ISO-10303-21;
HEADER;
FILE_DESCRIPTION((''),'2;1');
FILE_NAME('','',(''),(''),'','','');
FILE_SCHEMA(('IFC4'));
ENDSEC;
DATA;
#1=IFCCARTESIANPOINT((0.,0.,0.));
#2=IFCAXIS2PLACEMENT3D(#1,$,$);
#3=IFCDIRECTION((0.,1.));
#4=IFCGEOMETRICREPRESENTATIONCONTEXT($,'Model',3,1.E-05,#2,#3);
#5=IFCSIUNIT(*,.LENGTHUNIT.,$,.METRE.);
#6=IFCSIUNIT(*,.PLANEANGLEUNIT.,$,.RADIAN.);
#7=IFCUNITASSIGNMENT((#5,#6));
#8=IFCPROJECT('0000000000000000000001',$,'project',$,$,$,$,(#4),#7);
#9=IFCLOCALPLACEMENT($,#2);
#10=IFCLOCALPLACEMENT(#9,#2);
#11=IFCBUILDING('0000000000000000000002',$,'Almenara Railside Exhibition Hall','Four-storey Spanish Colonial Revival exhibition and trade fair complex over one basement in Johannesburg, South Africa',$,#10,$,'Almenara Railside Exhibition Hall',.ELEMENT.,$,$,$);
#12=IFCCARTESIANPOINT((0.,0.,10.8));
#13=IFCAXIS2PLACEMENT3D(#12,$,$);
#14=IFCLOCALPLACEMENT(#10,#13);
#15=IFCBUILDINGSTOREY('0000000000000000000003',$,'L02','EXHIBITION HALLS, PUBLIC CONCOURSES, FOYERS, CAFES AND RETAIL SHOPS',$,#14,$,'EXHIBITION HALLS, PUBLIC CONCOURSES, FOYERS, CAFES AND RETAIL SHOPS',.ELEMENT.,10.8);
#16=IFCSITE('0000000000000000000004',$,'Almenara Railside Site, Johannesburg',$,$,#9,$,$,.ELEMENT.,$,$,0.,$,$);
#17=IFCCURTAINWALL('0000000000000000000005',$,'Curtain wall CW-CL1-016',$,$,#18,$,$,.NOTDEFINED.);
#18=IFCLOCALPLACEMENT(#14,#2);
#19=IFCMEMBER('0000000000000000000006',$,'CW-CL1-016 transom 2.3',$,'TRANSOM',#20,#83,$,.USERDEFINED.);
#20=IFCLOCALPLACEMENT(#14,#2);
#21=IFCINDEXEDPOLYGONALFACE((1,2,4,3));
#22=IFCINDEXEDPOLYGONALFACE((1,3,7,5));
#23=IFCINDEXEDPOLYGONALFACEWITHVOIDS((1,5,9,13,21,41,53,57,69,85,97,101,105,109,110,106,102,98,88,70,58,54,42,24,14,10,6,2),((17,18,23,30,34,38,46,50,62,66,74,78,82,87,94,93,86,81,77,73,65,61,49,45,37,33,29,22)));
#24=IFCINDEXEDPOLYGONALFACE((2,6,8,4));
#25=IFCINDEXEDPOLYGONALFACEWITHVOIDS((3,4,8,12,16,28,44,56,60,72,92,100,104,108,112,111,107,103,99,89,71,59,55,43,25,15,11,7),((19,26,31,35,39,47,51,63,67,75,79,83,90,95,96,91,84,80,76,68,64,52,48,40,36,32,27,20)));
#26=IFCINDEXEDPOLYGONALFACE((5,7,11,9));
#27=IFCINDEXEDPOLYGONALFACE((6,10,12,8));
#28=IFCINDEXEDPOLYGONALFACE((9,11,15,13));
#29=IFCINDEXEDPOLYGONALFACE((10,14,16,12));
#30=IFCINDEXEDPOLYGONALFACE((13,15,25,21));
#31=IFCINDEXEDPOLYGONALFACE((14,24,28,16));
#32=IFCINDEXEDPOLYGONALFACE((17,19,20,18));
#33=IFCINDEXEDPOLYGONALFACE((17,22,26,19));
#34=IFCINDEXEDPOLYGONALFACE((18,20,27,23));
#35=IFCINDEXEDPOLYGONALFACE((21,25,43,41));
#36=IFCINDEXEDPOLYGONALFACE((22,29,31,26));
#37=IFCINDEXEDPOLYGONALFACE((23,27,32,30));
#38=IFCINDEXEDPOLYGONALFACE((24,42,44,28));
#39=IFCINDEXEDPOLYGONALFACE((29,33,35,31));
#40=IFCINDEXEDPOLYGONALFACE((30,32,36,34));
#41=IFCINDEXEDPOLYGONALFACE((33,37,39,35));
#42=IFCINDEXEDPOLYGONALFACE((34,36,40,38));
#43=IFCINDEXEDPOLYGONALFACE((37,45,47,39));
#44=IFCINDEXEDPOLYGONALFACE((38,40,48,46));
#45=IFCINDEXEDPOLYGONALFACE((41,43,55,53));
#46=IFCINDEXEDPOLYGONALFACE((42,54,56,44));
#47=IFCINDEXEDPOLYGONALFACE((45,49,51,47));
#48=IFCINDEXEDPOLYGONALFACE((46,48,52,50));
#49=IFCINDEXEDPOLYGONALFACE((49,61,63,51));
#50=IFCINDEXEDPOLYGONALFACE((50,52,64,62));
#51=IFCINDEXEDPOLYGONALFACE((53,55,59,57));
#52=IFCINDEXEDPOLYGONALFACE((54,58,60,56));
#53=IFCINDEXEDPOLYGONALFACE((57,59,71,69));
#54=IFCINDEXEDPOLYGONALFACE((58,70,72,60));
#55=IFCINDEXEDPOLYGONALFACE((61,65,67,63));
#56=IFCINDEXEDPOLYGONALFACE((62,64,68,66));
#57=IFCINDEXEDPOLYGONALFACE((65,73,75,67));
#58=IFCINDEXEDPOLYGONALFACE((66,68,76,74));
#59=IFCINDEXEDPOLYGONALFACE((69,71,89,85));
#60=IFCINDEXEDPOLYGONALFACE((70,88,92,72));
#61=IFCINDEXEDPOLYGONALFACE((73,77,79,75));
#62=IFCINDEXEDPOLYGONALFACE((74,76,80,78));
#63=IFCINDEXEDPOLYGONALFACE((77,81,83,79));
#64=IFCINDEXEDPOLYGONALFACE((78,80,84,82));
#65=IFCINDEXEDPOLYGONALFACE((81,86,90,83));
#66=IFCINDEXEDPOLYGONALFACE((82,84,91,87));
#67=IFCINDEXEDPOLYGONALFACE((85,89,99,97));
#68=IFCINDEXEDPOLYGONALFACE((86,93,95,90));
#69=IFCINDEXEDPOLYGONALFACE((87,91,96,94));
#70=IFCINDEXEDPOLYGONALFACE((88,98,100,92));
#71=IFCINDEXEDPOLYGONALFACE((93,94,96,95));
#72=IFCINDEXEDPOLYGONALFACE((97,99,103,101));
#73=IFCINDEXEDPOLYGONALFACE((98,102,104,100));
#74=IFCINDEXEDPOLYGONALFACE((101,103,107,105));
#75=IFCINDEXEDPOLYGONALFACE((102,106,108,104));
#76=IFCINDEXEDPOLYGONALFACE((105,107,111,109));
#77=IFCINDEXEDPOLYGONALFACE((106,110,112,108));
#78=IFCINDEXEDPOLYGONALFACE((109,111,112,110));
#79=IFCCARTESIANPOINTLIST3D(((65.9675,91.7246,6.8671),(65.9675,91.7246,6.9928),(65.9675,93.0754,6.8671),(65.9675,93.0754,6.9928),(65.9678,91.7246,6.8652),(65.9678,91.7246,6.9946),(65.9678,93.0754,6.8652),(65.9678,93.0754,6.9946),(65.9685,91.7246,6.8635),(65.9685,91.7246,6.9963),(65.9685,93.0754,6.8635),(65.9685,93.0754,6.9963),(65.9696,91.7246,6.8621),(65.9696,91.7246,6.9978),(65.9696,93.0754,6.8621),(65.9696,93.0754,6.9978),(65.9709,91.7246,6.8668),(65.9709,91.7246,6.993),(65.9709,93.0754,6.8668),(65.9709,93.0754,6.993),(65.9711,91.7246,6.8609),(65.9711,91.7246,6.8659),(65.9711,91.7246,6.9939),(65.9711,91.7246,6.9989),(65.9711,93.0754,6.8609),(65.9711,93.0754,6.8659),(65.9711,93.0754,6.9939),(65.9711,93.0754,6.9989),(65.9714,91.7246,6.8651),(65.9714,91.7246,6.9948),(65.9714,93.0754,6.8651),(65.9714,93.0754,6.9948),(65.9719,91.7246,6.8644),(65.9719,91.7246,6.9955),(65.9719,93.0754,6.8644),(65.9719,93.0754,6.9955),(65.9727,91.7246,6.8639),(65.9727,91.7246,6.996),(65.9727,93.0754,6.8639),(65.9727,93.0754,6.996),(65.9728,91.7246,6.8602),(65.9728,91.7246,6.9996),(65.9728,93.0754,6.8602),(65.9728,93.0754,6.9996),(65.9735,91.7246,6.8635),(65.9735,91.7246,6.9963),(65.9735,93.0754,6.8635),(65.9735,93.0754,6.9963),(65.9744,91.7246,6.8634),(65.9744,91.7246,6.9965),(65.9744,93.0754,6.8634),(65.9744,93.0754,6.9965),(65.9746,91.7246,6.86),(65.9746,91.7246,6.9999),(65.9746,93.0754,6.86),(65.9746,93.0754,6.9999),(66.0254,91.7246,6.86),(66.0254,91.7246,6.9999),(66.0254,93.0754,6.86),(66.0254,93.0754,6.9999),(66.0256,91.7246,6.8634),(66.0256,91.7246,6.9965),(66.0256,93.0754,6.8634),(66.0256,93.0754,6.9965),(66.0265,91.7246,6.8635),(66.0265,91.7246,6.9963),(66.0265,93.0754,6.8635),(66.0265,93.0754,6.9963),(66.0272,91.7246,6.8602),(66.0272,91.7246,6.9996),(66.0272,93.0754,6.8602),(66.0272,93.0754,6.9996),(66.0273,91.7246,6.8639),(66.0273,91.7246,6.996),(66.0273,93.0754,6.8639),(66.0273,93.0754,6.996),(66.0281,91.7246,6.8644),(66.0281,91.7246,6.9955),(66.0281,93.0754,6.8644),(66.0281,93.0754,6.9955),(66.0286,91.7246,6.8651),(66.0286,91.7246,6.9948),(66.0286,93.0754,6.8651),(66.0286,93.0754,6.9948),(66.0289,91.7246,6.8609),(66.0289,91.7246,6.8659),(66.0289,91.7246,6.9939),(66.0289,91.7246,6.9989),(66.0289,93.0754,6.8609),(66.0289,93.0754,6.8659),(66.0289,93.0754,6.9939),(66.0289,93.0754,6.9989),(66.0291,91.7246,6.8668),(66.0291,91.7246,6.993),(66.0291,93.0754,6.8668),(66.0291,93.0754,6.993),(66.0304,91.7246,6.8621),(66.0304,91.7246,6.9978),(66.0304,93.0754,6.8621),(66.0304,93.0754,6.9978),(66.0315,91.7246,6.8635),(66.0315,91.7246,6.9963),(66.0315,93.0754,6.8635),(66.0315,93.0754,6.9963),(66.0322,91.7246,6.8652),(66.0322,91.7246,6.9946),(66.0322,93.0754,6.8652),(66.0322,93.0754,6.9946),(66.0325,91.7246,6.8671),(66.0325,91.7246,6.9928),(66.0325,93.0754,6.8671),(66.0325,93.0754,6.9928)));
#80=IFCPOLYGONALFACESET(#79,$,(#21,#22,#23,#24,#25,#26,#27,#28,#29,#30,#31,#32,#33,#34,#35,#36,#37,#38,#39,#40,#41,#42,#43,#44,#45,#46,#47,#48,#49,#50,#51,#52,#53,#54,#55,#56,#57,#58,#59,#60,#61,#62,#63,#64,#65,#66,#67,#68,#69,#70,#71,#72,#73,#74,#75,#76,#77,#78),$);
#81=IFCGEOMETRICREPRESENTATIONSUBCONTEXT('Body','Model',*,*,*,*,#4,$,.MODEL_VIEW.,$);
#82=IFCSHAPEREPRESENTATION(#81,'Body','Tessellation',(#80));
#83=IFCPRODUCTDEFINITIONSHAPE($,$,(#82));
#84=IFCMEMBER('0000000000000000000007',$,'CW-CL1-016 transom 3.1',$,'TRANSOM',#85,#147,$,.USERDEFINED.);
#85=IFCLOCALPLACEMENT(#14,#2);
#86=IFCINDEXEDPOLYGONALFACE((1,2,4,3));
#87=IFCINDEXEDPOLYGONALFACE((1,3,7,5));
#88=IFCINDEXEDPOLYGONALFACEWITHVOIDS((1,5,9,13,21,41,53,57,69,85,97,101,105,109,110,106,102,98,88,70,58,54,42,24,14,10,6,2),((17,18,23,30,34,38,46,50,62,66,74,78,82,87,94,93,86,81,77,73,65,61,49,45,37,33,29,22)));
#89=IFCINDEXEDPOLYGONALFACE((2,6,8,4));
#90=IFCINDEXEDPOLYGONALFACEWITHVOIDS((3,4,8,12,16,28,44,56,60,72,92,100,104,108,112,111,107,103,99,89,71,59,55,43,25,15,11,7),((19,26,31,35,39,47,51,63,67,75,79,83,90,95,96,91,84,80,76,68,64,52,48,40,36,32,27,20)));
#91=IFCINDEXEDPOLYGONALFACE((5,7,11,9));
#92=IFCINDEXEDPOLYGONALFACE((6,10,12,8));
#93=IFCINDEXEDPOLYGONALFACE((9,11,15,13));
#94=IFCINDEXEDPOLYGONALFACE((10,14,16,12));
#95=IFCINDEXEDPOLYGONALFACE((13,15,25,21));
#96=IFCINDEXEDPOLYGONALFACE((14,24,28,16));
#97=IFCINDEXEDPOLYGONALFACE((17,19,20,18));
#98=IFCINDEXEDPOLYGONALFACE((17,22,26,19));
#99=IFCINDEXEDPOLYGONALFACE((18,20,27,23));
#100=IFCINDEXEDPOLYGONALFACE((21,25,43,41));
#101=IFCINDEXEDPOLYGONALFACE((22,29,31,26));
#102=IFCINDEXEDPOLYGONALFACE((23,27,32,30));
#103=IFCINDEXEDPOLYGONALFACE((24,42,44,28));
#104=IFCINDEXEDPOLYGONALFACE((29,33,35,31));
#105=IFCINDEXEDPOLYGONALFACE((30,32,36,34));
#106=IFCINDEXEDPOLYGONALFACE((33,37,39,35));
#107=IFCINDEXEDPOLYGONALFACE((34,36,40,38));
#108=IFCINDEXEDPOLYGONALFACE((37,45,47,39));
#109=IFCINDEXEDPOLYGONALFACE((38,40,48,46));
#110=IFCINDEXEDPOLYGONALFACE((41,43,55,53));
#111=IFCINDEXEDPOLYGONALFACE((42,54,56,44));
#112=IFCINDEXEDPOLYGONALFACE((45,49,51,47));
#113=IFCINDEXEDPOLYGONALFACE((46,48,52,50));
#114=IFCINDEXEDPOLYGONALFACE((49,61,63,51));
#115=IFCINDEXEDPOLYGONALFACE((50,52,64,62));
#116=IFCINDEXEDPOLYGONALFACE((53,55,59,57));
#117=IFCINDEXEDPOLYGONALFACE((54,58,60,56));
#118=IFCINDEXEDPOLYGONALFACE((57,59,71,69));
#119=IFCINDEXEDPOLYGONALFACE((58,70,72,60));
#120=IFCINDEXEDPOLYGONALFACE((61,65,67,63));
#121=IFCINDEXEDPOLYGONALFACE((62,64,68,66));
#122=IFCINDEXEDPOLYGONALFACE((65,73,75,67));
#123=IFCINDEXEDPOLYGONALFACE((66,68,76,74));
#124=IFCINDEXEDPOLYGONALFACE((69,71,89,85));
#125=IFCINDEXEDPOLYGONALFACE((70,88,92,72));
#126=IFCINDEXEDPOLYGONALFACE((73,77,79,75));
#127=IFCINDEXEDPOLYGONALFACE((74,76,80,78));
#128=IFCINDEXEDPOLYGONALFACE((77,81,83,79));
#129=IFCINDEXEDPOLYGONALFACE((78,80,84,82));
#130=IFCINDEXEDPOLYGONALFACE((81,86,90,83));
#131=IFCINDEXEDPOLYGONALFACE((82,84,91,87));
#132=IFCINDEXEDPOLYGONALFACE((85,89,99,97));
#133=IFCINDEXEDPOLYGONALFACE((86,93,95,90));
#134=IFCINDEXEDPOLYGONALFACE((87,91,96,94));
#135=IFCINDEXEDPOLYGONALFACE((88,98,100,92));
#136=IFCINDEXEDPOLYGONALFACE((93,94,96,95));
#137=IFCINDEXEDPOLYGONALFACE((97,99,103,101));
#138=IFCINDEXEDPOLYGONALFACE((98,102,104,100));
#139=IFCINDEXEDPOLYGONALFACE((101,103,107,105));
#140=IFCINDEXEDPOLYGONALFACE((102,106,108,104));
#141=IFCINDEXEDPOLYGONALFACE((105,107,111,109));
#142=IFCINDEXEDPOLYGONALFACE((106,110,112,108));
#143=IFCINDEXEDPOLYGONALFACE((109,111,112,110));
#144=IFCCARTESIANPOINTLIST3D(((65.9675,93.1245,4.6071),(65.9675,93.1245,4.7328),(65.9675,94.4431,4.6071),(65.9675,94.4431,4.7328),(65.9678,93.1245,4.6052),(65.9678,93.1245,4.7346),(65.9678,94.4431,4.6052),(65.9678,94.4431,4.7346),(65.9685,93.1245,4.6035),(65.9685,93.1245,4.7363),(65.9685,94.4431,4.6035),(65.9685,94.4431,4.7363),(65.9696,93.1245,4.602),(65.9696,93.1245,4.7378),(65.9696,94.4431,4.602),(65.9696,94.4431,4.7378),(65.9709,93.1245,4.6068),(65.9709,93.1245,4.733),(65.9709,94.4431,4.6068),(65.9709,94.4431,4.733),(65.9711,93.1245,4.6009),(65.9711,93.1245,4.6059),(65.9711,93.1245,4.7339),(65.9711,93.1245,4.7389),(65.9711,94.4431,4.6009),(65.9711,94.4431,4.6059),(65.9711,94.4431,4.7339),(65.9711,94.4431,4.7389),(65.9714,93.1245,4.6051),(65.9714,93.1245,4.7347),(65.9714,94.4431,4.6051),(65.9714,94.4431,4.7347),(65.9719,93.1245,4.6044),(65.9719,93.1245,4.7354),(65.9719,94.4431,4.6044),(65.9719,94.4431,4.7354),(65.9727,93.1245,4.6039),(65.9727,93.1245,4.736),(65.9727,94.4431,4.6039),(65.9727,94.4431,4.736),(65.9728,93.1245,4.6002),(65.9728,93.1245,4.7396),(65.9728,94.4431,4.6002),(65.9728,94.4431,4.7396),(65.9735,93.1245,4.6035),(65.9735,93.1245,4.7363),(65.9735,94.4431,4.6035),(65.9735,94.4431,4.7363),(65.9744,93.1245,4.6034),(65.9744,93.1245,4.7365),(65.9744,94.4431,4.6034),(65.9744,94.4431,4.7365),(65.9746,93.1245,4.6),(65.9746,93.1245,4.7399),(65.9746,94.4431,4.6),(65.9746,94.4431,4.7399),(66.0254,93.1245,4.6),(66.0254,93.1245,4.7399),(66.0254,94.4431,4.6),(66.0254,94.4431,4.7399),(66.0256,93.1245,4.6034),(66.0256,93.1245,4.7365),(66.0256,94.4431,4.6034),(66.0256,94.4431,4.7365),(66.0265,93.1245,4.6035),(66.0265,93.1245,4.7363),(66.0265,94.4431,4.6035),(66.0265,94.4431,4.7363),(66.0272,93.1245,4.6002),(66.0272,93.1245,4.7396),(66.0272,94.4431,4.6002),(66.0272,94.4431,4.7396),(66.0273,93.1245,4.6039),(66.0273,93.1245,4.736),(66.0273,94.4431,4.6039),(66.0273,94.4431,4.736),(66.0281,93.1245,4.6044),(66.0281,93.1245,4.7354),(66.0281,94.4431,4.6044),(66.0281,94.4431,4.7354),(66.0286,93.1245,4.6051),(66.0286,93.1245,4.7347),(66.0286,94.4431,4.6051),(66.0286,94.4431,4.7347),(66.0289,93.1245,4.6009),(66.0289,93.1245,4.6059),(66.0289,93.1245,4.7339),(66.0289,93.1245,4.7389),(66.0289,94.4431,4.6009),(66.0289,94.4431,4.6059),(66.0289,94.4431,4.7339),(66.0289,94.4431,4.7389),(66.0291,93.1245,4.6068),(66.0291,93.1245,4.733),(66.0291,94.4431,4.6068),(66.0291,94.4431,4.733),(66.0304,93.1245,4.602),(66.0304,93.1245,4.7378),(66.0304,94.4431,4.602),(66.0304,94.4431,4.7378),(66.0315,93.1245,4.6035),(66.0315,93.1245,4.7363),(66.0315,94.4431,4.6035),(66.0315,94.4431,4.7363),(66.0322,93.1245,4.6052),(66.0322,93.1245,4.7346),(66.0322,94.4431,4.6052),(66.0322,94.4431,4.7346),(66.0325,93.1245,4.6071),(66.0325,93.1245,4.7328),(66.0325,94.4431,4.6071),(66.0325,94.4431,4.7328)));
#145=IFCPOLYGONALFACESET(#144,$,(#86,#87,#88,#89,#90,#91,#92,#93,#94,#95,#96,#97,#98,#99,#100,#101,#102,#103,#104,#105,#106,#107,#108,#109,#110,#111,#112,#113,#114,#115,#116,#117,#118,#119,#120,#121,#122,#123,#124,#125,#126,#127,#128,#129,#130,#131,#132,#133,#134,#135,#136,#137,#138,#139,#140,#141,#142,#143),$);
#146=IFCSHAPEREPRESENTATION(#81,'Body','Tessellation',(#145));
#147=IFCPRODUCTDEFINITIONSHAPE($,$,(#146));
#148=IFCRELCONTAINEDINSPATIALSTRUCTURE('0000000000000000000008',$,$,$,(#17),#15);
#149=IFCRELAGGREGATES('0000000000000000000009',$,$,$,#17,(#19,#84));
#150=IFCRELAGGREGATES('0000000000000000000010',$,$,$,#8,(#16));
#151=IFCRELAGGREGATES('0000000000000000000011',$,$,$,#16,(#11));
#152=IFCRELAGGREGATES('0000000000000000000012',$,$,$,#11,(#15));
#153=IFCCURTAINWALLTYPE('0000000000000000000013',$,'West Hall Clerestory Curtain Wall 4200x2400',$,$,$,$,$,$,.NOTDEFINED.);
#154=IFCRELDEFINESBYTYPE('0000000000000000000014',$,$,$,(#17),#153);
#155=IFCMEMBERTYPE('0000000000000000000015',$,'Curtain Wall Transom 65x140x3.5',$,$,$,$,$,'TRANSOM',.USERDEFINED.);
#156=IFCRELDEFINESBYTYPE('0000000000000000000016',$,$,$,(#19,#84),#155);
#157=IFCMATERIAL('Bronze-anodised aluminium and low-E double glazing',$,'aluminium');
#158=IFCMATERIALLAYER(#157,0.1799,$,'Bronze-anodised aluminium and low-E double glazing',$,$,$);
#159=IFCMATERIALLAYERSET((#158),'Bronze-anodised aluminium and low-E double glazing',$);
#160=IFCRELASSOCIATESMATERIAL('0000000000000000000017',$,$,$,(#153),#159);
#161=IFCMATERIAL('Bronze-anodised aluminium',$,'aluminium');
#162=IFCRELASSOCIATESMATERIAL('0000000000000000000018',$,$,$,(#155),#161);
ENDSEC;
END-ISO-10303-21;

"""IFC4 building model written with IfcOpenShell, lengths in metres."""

from ifc_helpers import new_model, si_unit, direction, frame, origin, origin_2d, place, context, subcontext, project, spatial, hollow_rectangle, extrude, material, layer, layer_set, material_profile, profile_set, type_object, element, aggregate, save


model = new_model("IFC4")

# Units and contexts
model_context = context("Model", 3, precision=1e-05, world=origin(), true_north=direction((0.0, 1.0)))
body_context = subcontext(model_context, "Body", "Model", "MODEL_VIEW")
ifc_project = project(units=[si_unit("LENGTHUNIT", "METRE"), si_unit("PLANEANGLEUNIT", "RADIAN")], contexts=[model_context])

# Site, building, storey
site_placement = place(None, origin())
site = spatial("IfcSite", under=ifc_project, at=site_placement, Name="Almenara Railside Site, Johannesburg", CompositionType="ELEMENT", RefElevation=0.0)
building_placement = place(site_placement, origin())
building = spatial("IfcBuilding", under=site, at=building_placement, Name="Almenara Railside Exhibition Hall", Description="Four-storey Spanish Colonial Revival exhibition and trade fair complex over one basement in Johannesburg, South Africa", LongName="Almenara Railside Exhibition Hall", CompositionType="ELEMENT")
storey_placement = place(building_placement, frame((0.0, 0.0, 10.8)))
storey = spatial("IfcBuildingStorey", under=building, at=storey_placement, Name="L02", Description="EXHIBITION HALLS, PUBLIC CONCOURSES, FOYERS, CAFES AND RETAIL SHOPS", LongName="EXHIBITION HALLS, PUBLIC CONCOURSES, FOYERS, CAFES AND RETAIL SHOPS", CompositionType="ELEMENT", Elevation=10.8)

# Curtain wall
ifc_material_1 = material(Name="Bronze-anodised aluminium and low-E double glazing", Category="aluminium")
ifc_layer_1 = layer(ifc_material_1, 0.1799, Name="Bronze-anodised aluminium and low-E double glazing")
ifc_layer_set_1 = layer_set([ifc_layer_1], Name="Bronze-anodised aluminium and low-E double glazing")
curtain_wall_type_1 = type_object("IfcCurtainWallType", Name="West Hall Clerestory Curtain Wall 4200x2400", PredefinedType="NOTDEFINED", material=ifc_layer_set_1)
curtain_wall_1_placement = place(storey_placement, origin())
curtain_wall_1 = element("IfcCurtainWall", 1, at=curtain_wall_1_placement, inside=storey, type_object=curtain_wall_type_1, Name="Curtain wall CW-CL1-016", PredefinedType="NOTDEFINED")
ifc_material_2 = material(Name="Bronze-anodised aluminium", Category="aluminium")

# Members
ifc_material_profile_1 = material_profile(ifc_material_2, hollow_rectangle(XDim=0.0649, YDim=0.1399, WallThickness=0.0034, InnerFilletRadius=0.0034, OuterFilletRadius=0.0071, at=origin_2d()), Name="ALU-TRN 65x140x3.5")
ifc_profile_set_1 = profile_set([ifc_material_profile_1], Name="Bronze-anodised aluminium")
member_type_1 = type_object("IfcMemberType", Name="Curtain Wall Transom 65x140x3.5", ElementType="TRANSOM", PredefinedType="USERDEFINED", material=ifc_profile_set_1)
member_1_placement = place(storey_placement, frame((66.0, 91.7246, 6.9299), z_axis=(0.0, 1.0, 0.0), x_axis=(-1.0, 0.0, 0.0)))
member_1 = element("IfcMember", 2, at=member_1_placement, type_object=member_type_1, Name="CW-CL1-016 transom 2.3", ObjectType="TRANSOM", PredefinedType="USERDEFINED", context=body_context, shape_type="SweptSolid", body=[
    extrude(hollow_rectangle(XDim=0.0649, YDim=0.1399, WallThickness=0.0034, InnerFilletRadius=0.0034, OuterFilletRadius=0.0071, at=origin_2d()), origin(), (0.0, 0.0, 1.0), 1.3508),
])
member_2_placement = place(storey_placement, frame((66.0, 93.1245, 4.6699), z_axis=(0.0, 1.0, 0.0), x_axis=(-1.0, 0.0, 0.0)))
member_2 = element("IfcMember", 3, at=member_2_placement, type_object=member_type_1, Name="CW-CL1-016 transom 3.1", ObjectType="TRANSOM", PredefinedType="USERDEFINED", context=body_context, shape_type="SweptSolid", body=[
    extrude(hollow_rectangle(XDim=0.0649, YDim=0.1399, WallThickness=0.0034, InnerFilletRadius=0.0034, OuterFilletRadius=0.0071, at=origin_2d()), origin(), (0.0, 0.0, 1.0), 1.3186),
])

aggregate(curtain_wall_1, [member_1, member_2])

save(model, "model.ifc")
